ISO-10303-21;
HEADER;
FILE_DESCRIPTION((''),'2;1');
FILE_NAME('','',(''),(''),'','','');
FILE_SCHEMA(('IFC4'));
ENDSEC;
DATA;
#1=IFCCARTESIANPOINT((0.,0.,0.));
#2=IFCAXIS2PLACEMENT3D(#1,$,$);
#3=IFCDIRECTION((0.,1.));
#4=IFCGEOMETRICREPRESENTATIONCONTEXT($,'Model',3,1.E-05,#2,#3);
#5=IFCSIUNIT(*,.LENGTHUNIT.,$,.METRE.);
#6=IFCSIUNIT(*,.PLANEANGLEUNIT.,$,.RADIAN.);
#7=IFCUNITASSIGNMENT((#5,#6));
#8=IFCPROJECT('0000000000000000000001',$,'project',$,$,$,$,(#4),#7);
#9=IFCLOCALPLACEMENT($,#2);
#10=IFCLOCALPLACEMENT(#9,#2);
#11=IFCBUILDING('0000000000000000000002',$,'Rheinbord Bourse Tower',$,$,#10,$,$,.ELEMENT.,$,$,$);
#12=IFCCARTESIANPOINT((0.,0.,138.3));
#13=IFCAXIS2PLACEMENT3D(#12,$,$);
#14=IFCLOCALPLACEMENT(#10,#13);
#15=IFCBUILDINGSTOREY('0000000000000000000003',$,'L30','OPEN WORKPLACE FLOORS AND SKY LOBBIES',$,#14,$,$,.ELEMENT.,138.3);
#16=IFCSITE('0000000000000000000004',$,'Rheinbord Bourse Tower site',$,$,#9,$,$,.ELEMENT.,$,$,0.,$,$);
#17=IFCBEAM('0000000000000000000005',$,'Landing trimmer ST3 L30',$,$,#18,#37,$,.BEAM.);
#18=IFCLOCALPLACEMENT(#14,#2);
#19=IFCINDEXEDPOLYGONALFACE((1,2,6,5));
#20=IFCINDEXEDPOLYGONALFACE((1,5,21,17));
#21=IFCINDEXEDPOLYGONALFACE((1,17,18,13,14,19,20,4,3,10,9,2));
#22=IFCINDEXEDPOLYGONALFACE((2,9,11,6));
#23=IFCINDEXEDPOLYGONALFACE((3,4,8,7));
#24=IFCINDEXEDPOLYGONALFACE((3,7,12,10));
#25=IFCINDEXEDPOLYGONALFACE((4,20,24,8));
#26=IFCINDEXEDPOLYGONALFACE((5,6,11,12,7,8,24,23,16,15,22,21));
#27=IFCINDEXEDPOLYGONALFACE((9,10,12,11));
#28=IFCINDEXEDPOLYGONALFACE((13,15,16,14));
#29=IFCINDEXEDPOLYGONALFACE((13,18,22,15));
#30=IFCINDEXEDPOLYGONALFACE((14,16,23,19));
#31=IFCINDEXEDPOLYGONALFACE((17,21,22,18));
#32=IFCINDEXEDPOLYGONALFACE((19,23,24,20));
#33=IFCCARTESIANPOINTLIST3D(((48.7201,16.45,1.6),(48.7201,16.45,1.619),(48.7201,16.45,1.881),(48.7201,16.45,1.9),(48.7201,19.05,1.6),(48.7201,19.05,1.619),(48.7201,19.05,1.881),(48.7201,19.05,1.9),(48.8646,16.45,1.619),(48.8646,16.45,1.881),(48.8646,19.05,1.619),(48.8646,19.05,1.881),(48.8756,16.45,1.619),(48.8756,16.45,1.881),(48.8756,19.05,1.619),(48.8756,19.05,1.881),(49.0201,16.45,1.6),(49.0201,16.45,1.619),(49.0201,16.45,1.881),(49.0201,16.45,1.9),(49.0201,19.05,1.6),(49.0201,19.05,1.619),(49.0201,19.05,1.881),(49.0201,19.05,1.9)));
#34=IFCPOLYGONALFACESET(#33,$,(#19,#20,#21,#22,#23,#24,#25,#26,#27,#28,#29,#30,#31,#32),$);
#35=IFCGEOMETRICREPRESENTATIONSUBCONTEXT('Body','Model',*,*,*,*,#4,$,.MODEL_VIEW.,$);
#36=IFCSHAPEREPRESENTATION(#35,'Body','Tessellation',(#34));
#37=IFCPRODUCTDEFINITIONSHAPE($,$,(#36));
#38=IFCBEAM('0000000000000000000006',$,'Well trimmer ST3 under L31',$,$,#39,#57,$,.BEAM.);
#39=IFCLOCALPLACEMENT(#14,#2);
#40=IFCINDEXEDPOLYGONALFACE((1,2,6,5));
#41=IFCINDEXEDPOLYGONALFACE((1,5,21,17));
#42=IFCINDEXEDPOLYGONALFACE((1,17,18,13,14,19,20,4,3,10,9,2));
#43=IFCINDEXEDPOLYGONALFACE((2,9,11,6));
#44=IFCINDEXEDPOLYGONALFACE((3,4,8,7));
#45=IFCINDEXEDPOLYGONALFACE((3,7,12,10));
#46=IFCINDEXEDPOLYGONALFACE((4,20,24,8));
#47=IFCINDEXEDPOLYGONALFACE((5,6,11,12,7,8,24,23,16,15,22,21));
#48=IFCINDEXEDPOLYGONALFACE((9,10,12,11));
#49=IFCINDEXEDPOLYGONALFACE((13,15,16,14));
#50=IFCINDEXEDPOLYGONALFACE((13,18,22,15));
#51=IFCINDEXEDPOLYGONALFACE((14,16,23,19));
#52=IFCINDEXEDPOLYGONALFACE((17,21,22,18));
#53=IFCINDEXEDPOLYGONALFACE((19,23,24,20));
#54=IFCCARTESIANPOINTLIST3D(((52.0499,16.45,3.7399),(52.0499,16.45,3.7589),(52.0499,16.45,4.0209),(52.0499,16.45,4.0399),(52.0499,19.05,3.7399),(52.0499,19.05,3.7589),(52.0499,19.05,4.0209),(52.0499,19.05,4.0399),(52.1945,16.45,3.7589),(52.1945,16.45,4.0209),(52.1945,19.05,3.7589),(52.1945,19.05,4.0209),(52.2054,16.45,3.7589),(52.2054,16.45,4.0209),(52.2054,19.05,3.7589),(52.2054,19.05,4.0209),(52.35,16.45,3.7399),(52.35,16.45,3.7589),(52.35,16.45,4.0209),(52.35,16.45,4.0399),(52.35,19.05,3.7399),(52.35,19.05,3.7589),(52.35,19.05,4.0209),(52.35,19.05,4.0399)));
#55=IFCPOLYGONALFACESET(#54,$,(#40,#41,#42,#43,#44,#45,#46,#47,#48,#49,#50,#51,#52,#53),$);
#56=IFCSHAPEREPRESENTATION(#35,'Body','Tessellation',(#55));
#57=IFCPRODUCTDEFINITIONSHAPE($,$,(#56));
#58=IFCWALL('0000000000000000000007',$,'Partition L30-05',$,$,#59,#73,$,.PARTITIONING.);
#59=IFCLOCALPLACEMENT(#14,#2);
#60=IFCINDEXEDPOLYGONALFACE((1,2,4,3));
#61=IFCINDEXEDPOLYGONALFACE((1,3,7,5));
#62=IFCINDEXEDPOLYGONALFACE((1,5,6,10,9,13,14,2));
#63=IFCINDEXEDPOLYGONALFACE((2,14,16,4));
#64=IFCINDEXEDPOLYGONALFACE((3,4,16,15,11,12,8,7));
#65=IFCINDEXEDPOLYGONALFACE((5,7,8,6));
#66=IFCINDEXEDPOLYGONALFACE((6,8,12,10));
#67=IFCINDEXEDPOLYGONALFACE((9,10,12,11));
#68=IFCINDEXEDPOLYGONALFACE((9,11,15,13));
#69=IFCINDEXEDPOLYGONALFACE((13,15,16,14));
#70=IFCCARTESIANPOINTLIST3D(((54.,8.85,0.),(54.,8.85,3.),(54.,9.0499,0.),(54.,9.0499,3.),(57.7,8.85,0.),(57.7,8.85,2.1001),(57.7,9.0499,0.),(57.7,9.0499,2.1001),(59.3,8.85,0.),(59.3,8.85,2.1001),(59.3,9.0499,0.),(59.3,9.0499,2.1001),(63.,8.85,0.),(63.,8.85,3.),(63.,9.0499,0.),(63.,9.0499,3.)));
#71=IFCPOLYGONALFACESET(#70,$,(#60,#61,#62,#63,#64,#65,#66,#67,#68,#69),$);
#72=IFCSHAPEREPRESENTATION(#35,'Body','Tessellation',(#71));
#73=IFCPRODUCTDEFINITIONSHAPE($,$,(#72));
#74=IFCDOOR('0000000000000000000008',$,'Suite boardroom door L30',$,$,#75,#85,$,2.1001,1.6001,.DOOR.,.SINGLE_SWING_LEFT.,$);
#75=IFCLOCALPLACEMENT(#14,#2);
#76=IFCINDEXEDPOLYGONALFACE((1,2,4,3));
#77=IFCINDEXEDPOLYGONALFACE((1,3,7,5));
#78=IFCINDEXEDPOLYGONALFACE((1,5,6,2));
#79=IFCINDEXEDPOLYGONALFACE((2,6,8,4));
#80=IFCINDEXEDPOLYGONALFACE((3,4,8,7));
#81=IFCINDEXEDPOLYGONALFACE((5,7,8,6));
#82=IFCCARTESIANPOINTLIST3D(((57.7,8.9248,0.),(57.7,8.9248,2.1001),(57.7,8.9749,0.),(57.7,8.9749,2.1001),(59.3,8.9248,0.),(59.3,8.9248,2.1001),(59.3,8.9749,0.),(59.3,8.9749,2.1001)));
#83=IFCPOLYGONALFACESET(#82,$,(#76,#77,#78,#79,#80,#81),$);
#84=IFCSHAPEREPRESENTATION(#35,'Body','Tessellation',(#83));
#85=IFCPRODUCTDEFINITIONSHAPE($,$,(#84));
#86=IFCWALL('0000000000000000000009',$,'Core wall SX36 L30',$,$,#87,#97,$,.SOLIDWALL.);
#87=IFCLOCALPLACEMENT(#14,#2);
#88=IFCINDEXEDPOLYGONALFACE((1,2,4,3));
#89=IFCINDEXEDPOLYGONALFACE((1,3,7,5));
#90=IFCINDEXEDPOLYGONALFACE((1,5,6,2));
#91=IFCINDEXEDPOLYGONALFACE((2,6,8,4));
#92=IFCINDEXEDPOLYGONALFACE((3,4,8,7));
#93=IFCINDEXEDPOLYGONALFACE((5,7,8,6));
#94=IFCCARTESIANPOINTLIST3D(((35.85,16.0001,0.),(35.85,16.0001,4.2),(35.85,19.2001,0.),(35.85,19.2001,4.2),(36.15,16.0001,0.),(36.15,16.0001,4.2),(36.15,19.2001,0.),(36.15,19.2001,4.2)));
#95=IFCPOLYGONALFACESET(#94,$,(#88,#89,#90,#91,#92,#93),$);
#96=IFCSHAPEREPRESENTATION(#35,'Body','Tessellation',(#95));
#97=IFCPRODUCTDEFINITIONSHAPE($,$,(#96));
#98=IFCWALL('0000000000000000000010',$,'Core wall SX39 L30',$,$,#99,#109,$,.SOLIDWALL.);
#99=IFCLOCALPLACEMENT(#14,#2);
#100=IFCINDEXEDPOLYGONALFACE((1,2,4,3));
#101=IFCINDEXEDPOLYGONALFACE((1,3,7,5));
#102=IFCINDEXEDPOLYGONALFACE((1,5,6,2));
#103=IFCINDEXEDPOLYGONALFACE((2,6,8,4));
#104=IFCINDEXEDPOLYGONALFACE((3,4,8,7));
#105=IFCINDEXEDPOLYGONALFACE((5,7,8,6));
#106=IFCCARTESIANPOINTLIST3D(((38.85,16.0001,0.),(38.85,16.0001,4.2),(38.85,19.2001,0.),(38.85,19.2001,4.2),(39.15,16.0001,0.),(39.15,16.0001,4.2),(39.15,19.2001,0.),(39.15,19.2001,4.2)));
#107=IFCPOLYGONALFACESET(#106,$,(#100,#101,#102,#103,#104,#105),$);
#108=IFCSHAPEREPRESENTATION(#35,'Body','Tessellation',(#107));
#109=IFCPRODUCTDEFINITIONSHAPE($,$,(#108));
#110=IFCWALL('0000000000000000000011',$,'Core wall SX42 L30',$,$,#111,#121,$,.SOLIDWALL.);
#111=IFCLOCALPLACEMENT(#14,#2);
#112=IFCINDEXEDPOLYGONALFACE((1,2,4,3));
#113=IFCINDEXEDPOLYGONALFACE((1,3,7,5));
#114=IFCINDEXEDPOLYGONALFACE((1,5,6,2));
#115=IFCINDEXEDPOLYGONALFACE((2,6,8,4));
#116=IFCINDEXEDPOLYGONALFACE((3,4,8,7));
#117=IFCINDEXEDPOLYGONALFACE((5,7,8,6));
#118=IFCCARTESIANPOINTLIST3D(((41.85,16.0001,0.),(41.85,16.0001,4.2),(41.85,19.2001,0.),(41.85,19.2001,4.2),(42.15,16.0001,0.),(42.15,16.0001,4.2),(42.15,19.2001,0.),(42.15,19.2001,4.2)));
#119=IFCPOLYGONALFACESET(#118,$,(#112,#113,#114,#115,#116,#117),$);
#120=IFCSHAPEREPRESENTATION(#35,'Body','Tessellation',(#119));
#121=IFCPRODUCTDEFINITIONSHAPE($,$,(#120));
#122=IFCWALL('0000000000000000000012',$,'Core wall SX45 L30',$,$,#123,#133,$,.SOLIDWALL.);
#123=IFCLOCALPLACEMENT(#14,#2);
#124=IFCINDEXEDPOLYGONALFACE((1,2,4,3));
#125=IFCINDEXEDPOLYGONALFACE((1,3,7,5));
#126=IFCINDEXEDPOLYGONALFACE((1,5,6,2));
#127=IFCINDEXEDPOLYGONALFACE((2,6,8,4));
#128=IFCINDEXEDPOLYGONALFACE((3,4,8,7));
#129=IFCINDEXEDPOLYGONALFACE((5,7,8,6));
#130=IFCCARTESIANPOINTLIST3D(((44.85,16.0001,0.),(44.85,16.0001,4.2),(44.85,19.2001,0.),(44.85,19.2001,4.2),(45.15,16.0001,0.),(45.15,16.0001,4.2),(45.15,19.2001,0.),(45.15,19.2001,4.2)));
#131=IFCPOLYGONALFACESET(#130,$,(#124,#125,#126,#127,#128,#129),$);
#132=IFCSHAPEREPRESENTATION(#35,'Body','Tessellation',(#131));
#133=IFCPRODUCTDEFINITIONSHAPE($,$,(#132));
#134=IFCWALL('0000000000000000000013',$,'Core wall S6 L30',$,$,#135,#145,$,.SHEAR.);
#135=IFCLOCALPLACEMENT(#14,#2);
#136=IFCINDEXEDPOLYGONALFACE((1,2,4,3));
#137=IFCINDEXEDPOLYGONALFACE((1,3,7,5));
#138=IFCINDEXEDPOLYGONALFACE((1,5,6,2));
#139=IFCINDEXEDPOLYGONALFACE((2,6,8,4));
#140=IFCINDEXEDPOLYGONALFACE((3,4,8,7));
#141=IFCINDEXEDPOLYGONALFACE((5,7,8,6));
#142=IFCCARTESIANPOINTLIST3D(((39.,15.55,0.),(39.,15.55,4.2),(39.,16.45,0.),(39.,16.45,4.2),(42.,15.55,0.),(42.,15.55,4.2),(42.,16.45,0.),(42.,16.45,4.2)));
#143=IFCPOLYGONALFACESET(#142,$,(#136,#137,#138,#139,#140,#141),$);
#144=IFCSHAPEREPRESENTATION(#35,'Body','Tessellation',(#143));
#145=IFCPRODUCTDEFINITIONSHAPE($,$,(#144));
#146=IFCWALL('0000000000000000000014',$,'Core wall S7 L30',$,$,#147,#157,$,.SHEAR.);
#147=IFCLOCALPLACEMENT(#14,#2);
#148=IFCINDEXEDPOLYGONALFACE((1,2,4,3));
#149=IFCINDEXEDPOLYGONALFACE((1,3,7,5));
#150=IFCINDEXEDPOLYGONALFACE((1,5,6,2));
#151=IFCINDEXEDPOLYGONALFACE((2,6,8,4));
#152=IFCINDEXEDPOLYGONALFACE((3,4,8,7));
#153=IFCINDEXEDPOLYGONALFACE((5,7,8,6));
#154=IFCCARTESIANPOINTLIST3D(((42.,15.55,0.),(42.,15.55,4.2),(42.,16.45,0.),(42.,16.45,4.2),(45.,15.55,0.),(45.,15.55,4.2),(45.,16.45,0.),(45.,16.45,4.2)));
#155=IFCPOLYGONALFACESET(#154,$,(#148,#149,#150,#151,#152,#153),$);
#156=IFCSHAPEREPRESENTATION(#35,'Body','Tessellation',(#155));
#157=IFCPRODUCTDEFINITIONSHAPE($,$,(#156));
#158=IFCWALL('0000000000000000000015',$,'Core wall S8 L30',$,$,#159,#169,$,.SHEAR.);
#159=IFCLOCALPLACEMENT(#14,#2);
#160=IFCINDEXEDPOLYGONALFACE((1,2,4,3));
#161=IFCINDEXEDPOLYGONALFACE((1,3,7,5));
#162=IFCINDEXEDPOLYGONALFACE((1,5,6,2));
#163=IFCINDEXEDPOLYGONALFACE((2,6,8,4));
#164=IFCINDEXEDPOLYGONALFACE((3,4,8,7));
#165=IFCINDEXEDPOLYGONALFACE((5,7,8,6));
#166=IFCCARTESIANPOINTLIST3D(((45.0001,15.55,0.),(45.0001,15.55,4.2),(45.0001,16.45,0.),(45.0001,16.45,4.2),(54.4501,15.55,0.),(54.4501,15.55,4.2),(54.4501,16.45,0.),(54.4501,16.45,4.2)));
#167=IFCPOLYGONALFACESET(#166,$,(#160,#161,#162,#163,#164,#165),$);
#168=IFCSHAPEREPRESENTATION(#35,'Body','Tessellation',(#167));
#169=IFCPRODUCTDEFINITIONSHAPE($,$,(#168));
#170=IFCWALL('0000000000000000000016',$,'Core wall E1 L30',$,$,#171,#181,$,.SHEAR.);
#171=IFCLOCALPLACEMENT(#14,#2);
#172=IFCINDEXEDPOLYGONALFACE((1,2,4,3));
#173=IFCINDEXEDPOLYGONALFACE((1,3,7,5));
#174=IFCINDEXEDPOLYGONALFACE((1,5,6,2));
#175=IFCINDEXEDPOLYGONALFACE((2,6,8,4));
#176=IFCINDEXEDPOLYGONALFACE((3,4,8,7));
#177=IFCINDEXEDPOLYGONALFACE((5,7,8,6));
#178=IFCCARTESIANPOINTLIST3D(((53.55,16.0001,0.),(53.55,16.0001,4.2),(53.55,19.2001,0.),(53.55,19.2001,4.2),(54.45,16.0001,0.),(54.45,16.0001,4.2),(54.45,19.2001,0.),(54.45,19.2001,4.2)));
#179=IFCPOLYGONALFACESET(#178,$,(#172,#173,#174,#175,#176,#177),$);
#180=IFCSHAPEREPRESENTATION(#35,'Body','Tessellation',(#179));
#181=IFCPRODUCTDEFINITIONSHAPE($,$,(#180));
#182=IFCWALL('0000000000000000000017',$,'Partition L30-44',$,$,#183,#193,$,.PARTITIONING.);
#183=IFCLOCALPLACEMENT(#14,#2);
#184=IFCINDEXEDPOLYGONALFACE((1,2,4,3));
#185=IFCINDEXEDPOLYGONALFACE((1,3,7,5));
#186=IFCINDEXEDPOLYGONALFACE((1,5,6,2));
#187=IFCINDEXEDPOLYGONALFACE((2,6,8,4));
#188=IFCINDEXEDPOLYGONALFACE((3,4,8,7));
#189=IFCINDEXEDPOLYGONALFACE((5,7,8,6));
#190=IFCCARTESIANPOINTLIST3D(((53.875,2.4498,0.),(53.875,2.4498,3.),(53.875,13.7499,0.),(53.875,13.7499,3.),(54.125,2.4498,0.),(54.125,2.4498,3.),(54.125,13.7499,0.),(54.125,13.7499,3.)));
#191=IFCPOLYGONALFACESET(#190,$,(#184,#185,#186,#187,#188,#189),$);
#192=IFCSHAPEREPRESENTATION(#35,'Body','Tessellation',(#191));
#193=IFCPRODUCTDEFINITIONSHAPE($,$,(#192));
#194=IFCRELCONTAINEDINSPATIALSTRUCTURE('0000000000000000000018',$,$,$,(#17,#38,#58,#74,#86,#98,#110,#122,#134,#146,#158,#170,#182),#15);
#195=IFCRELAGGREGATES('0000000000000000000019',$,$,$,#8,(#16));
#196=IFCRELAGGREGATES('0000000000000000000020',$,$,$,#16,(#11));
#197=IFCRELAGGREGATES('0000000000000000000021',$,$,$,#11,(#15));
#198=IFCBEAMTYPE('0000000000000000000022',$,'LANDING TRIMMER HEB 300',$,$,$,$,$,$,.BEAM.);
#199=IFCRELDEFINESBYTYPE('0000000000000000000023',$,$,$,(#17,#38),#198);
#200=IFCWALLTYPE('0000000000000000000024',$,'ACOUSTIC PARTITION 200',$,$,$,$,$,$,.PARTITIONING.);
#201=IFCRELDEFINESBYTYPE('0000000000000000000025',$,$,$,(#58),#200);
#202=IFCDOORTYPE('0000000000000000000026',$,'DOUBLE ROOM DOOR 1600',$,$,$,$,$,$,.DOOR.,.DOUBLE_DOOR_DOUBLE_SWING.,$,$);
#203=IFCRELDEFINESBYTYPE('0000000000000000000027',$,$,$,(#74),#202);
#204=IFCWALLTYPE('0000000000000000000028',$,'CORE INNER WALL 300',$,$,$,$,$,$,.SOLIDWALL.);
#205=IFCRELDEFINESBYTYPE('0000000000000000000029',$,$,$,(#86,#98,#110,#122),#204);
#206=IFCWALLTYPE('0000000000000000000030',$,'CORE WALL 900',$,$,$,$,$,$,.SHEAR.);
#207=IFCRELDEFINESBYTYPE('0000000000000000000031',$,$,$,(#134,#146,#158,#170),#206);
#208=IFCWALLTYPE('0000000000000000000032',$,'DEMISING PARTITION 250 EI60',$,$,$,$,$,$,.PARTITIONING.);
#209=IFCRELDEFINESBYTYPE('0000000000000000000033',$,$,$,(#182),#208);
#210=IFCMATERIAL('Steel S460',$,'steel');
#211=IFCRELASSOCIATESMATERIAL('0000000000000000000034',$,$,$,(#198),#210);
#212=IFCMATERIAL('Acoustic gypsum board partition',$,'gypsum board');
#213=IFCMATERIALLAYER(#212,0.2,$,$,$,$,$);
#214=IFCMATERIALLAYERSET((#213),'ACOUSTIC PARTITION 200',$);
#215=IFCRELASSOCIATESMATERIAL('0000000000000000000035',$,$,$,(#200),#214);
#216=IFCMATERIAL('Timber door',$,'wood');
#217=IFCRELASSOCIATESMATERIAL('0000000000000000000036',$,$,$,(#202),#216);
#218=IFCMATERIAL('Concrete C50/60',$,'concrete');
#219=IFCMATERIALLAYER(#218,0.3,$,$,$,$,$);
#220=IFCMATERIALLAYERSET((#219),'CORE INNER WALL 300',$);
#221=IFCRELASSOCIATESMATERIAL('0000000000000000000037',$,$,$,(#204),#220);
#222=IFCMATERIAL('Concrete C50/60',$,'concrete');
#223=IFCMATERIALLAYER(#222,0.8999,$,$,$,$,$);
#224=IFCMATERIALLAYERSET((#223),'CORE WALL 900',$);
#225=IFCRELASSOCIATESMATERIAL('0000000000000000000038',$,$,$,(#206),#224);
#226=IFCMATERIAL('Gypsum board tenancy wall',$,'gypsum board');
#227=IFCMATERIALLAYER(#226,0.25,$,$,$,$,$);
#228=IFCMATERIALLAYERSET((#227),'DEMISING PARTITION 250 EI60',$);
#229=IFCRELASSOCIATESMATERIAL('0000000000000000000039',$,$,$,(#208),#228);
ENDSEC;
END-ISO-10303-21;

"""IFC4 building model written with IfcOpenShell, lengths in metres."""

from ifc_helpers import new_model, si_unit, direction, frame, frame_2d, origin, origin_2d, place, context, subcontext, project, spatial, rectangle, i_section, extrude, material, layer, layer_set, material_profile, profile_set, type_object, element, fill, save


model = new_model("IFC4")

# Units and contexts
model_context = context("Model", 3, precision=1e-05, world=origin(), true_north=direction((0.0, 1.0)))
body_context = subcontext(model_context, "Body", "Model", "MODEL_VIEW")
ifc_project = project(units=[si_unit("LENGTHUNIT", "METRE"), si_unit("PLANEANGLEUNIT", "RADIAN")], contexts=[model_context])

# Site, building, storey
site_placement = place(None, origin())
site = spatial("IfcSite", under=ifc_project, at=site_placement, Name="Rheinbord Bourse Tower site", CompositionType="ELEMENT", RefElevation=0.0)
building_placement = place(site_placement, origin())
building = spatial("IfcBuilding", under=site, at=building_placement, Name="Rheinbord Bourse Tower", CompositionType="ELEMENT")
storey_placement = place(building_placement, frame((0.0, 0.0, 138.3)))
storey = spatial("IfcBuildingStorey", under=building, at=storey_placement, Name="L30", Description="OPEN WORKPLACE FLOORS AND SKY LOBBIES", CompositionType="ELEMENT", Elevation=138.3)

# Beams
ifc_material_1 = material(Name="Steel S460", Category="steel")
ifc_material_profile = material_profile(ifc_material_1, i_section(OverallWidth=0.3, OverallDepth=0.3, WebThickness=0.011, FlangeThickness=0.019, at=origin_2d()), Name="HEB 300")
ifc_profile_set = profile_set([ifc_material_profile], Name="Steel S460")
beam_type = type_object("IfcBeamType", Name="LANDING TRIMMER HEB 300", PredefinedType="BEAM", material=ifc_profile_set)
for number, where, z_axis, x_axis, name in (
    (1, (48.8701, 16.45, 1.75), (0.0, 1.0, 0.0), (-1.0, 0.0, 0.0), "Landing trimmer ST3 L30"),
    (2, (52.2, 16.45, 3.8899), (0.0, 1.0, 0.0), (-1.0, 0.0, 0.0), "Well trimmer ST3 under L31"),
):
    element("IfcBeam", number, at=place(storey_placement, frame(where, z_axis=z_axis, x_axis=x_axis)), inside=storey, type_object=beam_type, Name=name, PredefinedType="BEAM", context=body_context, shape_type="SweptSolid", body=[
        extrude(i_section(OverallWidth=0.3, OverallDepth=0.3, WebThickness=0.011, FlangeThickness=0.019, at=origin_2d()), origin(), (0.0, 0.0, 1.0), 2.6001),
    ])

# Wall, opening, door
ifc_material_2 = material(Name="Acoustic gypsum board partition", Category="gypsum board")
ifc_layer_1 = layer(ifc_material_2, 0.2)
ifc_layer_set_1 = layer_set([ifc_layer_1], Name="ACOUSTIC PARTITION 200")
wall_type_1 = type_object("IfcWallType", Name="ACOUSTIC PARTITION 200", PredefinedType="PARTITIONING", material=ifc_layer_set_1)
wall_1_placement = place(storey_placement, frame((54.0, 8.95, 0.0), z_axis=(0.0, 0.0, 1.0), x_axis=(1.0, 0.0, 0.0)))
wall_1 = element("IfcWall", 3, at=wall_1_placement, inside=storey, type_object=wall_type_1, Name="Partition L30-05", PredefinedType="PARTITIONING", context=body_context, shape_type="SweptSolid", body=[
    extrude(rectangle(XDim=9.0, YDim=0.2, at=frame_2d((4.5, 0.0))), origin(), (0.0, 0.0, 1.0), 3.0),
])
opening_1_placement = place(wall_1_placement, frame((3.7, 0.0, 0.0)))
opening_1 = element("IfcOpeningElement", 4, at=opening_1_placement, cuts=wall_1, PredefinedType="OPENING", context=body_context, shape_type="SweptSolid", body=[
    extrude(rectangle(XDim=1.6001, YDim=2.1001, at=frame_2d((0.8, 1.05))), frame((0.0, 0.1099, 0.0), z_axis=(0.0, -1.0, 0.0), x_axis=(1.0, 0.0, 0.0)), (0.0, 0.0, 1.0), 0.22),
])
ifc_material_3 = material(Name="Timber door", Category="wood")
door_type_1 = type_object("IfcDoorType", Name="DOUBLE ROOM DOOR 1600", OperationType="DOUBLE_DOOR_DOUBLE_SWING", PredefinedType="DOOR", material=ifc_material_3)
door_1_placement = place(opening_1_placement, origin())
door_1 = element("IfcDoor", 5, at=door_1_placement, inside=storey, type_object=door_type_1, Name="Suite boardroom door L30", OperationType="SINGLE_SWING_LEFT", OverallHeight=2.1001, OverallWidth=1.6001, PredefinedType="DOOR", context=body_context, shape_type="SweptSolid", body=[
    extrude(rectangle(XDim=1.6001, YDim=2.1001, at=frame_2d((0.8, 1.05))), frame((0.0, 0.0249, 0.0), z_axis=(0.0, -1.0, 0.0), x_axis=(1.0, 0.0, 0.0)), (0.0, 0.0, 1.0), 0.05),
])
fill(opening_1, door_1)

# Walls
ifc_material_4 = material(Name="Concrete C50/60", Category="concrete")
ifc_layer_2 = layer(ifc_material_4, 0.3)
ifc_layer_set_2 = layer_set([ifc_layer_2], Name="CORE INNER WALL 300")
wall_type_2 = type_object("IfcWallType", Name="CORE INNER WALL 300", PredefinedType="SOLIDWALL", material=ifc_layer_set_2)
for number, where, z_axis, x_axis, name in (
    (6, (36.0, 16.0, 0.0), (0.0, 0.0, 1.0), (0.0, 1.0, 0.0), "Core wall SX36 L30"),
    (7, (39.0, 16.0, 0.0), (0.0, 0.0, 1.0), (0.0, 1.0, 0.0), "Core wall SX39 L30"),
    (8, (42.0, 16.0, 0.0), (0.0, 0.0, 1.0), (0.0, 1.0, 0.0), "Core wall SX42 L30"),
    (9, (45.0, 16.0, 0.0), (0.0, 0.0, 1.0), (0.0, 1.0, 0.0), "Core wall SX45 L30"),
):
    element("IfcWall", number, at=place(storey_placement, frame(where, z_axis=z_axis, x_axis=x_axis)), inside=storey, type_object=wall_type_2, Name=name, PredefinedType="SOLIDWALL", context=body_context, shape_type="SweptSolid", body=[
        extrude(rectangle(XDim=3.2, YDim=0.3, at=frame_2d((1.6001, 0.0))), origin(), (0.0, 0.0, 1.0), 4.2),
    ])
ifc_material_5 = material(Name="Concrete C50/60", Category="concrete")
ifc_layer_3 = layer(ifc_material_5, 0.8999)
ifc_layer_set_3 = layer_set([ifc_layer_3], Name="CORE WALL 900")
wall_type_3 = type_object("IfcWallType", Name="CORE WALL 900", PredefinedType="SHEAR", material=ifc_layer_set_3)
for number, where, z_axis, x_axis, name in (
    (10, (39.0, 16.0, 0.0), (0.0, 0.0, 1.0), (1.0, 0.0, 0.0), "Core wall S6 L30"),
    (11, (42.0, 16.0, 0.0), (0.0, 0.0, 1.0), (1.0, 0.0, 0.0), "Core wall S7 L30"),
):
    element("IfcWall", number, at=place(storey_placement, frame(where, z_axis=z_axis, x_axis=x_axis)), inside=storey, type_object=wall_type_3, Name=name, PredefinedType="SHEAR", context=body_context, shape_type="SweptSolid", body=[
        extrude(rectangle(XDim=3.0, YDim=0.8999, at=frame_2d((1.5, 0.0))), origin(), (0.0, 0.0, 1.0), 4.2),
    ])
wall_2_placement = place(storey_placement, frame((45.0, 16.0, 0.0), z_axis=(0.0, 0.0, 1.0), x_axis=(1.0, 0.0, 0.0)))
element("IfcWall", 12, at=wall_2_placement, inside=storey, type_object=wall_type_3, Name="Core wall S8 L30", PredefinedType="SHEAR", context=body_context, shape_type="SweptSolid", body=[
    extrude(rectangle(XDim=9.45, YDim=0.8999, at=frame_2d((4.7251, 0.0))), origin(), (0.0, 0.0, 1.0), 4.2),
])
wall_3_placement = place(storey_placement, frame((54.0, 16.0, 0.0), z_axis=(0.0, 0.0, 1.0), x_axis=(0.0, 1.0, 0.0)))
element("IfcWall", 13, at=wall_3_placement, inside=storey, type_object=wall_type_3, Name="Core wall E1 L30", PredefinedType="SHEAR", context=body_context, shape_type="SweptSolid", body=[
    extrude(rectangle(XDim=3.2, YDim=0.8999, at=frame_2d((1.6001, 0.0))), origin(), (0.0, 0.0, 1.0), 4.2),
])
ifc_material_6 = material(Name="Gypsum board tenancy wall", Category="gypsum board")
ifc_layer_4 = layer(ifc_material_6, 0.25)
ifc_layer_set_4 = layer_set([ifc_layer_4], Name="DEMISING PARTITION 250 EI60")
wall_type_4 = type_object("IfcWallType", Name="DEMISING PARTITION 250 EI60", PredefinedType="PARTITIONING", material=ifc_layer_set_4)
wall_4_placement = place(storey_placement, frame((54.0, 2.45, 0.0), z_axis=(0.0, 0.0, 1.0), x_axis=(0.0, 1.0, 0.0)))
element("IfcWall", 14, at=wall_4_placement, inside=storey, type_object=wall_type_4, Name="Partition L30-44", PredefinedType="PARTITIONING", context=body_context, shape_type="SweptSolid", body=[
    extrude(rectangle(XDim=11.3, YDim=0.25, at=frame_2d((5.6499, 0.0))), origin(), (0.0, 0.0, 1.0), 3.0),
])

save(model, "model.ifc")
